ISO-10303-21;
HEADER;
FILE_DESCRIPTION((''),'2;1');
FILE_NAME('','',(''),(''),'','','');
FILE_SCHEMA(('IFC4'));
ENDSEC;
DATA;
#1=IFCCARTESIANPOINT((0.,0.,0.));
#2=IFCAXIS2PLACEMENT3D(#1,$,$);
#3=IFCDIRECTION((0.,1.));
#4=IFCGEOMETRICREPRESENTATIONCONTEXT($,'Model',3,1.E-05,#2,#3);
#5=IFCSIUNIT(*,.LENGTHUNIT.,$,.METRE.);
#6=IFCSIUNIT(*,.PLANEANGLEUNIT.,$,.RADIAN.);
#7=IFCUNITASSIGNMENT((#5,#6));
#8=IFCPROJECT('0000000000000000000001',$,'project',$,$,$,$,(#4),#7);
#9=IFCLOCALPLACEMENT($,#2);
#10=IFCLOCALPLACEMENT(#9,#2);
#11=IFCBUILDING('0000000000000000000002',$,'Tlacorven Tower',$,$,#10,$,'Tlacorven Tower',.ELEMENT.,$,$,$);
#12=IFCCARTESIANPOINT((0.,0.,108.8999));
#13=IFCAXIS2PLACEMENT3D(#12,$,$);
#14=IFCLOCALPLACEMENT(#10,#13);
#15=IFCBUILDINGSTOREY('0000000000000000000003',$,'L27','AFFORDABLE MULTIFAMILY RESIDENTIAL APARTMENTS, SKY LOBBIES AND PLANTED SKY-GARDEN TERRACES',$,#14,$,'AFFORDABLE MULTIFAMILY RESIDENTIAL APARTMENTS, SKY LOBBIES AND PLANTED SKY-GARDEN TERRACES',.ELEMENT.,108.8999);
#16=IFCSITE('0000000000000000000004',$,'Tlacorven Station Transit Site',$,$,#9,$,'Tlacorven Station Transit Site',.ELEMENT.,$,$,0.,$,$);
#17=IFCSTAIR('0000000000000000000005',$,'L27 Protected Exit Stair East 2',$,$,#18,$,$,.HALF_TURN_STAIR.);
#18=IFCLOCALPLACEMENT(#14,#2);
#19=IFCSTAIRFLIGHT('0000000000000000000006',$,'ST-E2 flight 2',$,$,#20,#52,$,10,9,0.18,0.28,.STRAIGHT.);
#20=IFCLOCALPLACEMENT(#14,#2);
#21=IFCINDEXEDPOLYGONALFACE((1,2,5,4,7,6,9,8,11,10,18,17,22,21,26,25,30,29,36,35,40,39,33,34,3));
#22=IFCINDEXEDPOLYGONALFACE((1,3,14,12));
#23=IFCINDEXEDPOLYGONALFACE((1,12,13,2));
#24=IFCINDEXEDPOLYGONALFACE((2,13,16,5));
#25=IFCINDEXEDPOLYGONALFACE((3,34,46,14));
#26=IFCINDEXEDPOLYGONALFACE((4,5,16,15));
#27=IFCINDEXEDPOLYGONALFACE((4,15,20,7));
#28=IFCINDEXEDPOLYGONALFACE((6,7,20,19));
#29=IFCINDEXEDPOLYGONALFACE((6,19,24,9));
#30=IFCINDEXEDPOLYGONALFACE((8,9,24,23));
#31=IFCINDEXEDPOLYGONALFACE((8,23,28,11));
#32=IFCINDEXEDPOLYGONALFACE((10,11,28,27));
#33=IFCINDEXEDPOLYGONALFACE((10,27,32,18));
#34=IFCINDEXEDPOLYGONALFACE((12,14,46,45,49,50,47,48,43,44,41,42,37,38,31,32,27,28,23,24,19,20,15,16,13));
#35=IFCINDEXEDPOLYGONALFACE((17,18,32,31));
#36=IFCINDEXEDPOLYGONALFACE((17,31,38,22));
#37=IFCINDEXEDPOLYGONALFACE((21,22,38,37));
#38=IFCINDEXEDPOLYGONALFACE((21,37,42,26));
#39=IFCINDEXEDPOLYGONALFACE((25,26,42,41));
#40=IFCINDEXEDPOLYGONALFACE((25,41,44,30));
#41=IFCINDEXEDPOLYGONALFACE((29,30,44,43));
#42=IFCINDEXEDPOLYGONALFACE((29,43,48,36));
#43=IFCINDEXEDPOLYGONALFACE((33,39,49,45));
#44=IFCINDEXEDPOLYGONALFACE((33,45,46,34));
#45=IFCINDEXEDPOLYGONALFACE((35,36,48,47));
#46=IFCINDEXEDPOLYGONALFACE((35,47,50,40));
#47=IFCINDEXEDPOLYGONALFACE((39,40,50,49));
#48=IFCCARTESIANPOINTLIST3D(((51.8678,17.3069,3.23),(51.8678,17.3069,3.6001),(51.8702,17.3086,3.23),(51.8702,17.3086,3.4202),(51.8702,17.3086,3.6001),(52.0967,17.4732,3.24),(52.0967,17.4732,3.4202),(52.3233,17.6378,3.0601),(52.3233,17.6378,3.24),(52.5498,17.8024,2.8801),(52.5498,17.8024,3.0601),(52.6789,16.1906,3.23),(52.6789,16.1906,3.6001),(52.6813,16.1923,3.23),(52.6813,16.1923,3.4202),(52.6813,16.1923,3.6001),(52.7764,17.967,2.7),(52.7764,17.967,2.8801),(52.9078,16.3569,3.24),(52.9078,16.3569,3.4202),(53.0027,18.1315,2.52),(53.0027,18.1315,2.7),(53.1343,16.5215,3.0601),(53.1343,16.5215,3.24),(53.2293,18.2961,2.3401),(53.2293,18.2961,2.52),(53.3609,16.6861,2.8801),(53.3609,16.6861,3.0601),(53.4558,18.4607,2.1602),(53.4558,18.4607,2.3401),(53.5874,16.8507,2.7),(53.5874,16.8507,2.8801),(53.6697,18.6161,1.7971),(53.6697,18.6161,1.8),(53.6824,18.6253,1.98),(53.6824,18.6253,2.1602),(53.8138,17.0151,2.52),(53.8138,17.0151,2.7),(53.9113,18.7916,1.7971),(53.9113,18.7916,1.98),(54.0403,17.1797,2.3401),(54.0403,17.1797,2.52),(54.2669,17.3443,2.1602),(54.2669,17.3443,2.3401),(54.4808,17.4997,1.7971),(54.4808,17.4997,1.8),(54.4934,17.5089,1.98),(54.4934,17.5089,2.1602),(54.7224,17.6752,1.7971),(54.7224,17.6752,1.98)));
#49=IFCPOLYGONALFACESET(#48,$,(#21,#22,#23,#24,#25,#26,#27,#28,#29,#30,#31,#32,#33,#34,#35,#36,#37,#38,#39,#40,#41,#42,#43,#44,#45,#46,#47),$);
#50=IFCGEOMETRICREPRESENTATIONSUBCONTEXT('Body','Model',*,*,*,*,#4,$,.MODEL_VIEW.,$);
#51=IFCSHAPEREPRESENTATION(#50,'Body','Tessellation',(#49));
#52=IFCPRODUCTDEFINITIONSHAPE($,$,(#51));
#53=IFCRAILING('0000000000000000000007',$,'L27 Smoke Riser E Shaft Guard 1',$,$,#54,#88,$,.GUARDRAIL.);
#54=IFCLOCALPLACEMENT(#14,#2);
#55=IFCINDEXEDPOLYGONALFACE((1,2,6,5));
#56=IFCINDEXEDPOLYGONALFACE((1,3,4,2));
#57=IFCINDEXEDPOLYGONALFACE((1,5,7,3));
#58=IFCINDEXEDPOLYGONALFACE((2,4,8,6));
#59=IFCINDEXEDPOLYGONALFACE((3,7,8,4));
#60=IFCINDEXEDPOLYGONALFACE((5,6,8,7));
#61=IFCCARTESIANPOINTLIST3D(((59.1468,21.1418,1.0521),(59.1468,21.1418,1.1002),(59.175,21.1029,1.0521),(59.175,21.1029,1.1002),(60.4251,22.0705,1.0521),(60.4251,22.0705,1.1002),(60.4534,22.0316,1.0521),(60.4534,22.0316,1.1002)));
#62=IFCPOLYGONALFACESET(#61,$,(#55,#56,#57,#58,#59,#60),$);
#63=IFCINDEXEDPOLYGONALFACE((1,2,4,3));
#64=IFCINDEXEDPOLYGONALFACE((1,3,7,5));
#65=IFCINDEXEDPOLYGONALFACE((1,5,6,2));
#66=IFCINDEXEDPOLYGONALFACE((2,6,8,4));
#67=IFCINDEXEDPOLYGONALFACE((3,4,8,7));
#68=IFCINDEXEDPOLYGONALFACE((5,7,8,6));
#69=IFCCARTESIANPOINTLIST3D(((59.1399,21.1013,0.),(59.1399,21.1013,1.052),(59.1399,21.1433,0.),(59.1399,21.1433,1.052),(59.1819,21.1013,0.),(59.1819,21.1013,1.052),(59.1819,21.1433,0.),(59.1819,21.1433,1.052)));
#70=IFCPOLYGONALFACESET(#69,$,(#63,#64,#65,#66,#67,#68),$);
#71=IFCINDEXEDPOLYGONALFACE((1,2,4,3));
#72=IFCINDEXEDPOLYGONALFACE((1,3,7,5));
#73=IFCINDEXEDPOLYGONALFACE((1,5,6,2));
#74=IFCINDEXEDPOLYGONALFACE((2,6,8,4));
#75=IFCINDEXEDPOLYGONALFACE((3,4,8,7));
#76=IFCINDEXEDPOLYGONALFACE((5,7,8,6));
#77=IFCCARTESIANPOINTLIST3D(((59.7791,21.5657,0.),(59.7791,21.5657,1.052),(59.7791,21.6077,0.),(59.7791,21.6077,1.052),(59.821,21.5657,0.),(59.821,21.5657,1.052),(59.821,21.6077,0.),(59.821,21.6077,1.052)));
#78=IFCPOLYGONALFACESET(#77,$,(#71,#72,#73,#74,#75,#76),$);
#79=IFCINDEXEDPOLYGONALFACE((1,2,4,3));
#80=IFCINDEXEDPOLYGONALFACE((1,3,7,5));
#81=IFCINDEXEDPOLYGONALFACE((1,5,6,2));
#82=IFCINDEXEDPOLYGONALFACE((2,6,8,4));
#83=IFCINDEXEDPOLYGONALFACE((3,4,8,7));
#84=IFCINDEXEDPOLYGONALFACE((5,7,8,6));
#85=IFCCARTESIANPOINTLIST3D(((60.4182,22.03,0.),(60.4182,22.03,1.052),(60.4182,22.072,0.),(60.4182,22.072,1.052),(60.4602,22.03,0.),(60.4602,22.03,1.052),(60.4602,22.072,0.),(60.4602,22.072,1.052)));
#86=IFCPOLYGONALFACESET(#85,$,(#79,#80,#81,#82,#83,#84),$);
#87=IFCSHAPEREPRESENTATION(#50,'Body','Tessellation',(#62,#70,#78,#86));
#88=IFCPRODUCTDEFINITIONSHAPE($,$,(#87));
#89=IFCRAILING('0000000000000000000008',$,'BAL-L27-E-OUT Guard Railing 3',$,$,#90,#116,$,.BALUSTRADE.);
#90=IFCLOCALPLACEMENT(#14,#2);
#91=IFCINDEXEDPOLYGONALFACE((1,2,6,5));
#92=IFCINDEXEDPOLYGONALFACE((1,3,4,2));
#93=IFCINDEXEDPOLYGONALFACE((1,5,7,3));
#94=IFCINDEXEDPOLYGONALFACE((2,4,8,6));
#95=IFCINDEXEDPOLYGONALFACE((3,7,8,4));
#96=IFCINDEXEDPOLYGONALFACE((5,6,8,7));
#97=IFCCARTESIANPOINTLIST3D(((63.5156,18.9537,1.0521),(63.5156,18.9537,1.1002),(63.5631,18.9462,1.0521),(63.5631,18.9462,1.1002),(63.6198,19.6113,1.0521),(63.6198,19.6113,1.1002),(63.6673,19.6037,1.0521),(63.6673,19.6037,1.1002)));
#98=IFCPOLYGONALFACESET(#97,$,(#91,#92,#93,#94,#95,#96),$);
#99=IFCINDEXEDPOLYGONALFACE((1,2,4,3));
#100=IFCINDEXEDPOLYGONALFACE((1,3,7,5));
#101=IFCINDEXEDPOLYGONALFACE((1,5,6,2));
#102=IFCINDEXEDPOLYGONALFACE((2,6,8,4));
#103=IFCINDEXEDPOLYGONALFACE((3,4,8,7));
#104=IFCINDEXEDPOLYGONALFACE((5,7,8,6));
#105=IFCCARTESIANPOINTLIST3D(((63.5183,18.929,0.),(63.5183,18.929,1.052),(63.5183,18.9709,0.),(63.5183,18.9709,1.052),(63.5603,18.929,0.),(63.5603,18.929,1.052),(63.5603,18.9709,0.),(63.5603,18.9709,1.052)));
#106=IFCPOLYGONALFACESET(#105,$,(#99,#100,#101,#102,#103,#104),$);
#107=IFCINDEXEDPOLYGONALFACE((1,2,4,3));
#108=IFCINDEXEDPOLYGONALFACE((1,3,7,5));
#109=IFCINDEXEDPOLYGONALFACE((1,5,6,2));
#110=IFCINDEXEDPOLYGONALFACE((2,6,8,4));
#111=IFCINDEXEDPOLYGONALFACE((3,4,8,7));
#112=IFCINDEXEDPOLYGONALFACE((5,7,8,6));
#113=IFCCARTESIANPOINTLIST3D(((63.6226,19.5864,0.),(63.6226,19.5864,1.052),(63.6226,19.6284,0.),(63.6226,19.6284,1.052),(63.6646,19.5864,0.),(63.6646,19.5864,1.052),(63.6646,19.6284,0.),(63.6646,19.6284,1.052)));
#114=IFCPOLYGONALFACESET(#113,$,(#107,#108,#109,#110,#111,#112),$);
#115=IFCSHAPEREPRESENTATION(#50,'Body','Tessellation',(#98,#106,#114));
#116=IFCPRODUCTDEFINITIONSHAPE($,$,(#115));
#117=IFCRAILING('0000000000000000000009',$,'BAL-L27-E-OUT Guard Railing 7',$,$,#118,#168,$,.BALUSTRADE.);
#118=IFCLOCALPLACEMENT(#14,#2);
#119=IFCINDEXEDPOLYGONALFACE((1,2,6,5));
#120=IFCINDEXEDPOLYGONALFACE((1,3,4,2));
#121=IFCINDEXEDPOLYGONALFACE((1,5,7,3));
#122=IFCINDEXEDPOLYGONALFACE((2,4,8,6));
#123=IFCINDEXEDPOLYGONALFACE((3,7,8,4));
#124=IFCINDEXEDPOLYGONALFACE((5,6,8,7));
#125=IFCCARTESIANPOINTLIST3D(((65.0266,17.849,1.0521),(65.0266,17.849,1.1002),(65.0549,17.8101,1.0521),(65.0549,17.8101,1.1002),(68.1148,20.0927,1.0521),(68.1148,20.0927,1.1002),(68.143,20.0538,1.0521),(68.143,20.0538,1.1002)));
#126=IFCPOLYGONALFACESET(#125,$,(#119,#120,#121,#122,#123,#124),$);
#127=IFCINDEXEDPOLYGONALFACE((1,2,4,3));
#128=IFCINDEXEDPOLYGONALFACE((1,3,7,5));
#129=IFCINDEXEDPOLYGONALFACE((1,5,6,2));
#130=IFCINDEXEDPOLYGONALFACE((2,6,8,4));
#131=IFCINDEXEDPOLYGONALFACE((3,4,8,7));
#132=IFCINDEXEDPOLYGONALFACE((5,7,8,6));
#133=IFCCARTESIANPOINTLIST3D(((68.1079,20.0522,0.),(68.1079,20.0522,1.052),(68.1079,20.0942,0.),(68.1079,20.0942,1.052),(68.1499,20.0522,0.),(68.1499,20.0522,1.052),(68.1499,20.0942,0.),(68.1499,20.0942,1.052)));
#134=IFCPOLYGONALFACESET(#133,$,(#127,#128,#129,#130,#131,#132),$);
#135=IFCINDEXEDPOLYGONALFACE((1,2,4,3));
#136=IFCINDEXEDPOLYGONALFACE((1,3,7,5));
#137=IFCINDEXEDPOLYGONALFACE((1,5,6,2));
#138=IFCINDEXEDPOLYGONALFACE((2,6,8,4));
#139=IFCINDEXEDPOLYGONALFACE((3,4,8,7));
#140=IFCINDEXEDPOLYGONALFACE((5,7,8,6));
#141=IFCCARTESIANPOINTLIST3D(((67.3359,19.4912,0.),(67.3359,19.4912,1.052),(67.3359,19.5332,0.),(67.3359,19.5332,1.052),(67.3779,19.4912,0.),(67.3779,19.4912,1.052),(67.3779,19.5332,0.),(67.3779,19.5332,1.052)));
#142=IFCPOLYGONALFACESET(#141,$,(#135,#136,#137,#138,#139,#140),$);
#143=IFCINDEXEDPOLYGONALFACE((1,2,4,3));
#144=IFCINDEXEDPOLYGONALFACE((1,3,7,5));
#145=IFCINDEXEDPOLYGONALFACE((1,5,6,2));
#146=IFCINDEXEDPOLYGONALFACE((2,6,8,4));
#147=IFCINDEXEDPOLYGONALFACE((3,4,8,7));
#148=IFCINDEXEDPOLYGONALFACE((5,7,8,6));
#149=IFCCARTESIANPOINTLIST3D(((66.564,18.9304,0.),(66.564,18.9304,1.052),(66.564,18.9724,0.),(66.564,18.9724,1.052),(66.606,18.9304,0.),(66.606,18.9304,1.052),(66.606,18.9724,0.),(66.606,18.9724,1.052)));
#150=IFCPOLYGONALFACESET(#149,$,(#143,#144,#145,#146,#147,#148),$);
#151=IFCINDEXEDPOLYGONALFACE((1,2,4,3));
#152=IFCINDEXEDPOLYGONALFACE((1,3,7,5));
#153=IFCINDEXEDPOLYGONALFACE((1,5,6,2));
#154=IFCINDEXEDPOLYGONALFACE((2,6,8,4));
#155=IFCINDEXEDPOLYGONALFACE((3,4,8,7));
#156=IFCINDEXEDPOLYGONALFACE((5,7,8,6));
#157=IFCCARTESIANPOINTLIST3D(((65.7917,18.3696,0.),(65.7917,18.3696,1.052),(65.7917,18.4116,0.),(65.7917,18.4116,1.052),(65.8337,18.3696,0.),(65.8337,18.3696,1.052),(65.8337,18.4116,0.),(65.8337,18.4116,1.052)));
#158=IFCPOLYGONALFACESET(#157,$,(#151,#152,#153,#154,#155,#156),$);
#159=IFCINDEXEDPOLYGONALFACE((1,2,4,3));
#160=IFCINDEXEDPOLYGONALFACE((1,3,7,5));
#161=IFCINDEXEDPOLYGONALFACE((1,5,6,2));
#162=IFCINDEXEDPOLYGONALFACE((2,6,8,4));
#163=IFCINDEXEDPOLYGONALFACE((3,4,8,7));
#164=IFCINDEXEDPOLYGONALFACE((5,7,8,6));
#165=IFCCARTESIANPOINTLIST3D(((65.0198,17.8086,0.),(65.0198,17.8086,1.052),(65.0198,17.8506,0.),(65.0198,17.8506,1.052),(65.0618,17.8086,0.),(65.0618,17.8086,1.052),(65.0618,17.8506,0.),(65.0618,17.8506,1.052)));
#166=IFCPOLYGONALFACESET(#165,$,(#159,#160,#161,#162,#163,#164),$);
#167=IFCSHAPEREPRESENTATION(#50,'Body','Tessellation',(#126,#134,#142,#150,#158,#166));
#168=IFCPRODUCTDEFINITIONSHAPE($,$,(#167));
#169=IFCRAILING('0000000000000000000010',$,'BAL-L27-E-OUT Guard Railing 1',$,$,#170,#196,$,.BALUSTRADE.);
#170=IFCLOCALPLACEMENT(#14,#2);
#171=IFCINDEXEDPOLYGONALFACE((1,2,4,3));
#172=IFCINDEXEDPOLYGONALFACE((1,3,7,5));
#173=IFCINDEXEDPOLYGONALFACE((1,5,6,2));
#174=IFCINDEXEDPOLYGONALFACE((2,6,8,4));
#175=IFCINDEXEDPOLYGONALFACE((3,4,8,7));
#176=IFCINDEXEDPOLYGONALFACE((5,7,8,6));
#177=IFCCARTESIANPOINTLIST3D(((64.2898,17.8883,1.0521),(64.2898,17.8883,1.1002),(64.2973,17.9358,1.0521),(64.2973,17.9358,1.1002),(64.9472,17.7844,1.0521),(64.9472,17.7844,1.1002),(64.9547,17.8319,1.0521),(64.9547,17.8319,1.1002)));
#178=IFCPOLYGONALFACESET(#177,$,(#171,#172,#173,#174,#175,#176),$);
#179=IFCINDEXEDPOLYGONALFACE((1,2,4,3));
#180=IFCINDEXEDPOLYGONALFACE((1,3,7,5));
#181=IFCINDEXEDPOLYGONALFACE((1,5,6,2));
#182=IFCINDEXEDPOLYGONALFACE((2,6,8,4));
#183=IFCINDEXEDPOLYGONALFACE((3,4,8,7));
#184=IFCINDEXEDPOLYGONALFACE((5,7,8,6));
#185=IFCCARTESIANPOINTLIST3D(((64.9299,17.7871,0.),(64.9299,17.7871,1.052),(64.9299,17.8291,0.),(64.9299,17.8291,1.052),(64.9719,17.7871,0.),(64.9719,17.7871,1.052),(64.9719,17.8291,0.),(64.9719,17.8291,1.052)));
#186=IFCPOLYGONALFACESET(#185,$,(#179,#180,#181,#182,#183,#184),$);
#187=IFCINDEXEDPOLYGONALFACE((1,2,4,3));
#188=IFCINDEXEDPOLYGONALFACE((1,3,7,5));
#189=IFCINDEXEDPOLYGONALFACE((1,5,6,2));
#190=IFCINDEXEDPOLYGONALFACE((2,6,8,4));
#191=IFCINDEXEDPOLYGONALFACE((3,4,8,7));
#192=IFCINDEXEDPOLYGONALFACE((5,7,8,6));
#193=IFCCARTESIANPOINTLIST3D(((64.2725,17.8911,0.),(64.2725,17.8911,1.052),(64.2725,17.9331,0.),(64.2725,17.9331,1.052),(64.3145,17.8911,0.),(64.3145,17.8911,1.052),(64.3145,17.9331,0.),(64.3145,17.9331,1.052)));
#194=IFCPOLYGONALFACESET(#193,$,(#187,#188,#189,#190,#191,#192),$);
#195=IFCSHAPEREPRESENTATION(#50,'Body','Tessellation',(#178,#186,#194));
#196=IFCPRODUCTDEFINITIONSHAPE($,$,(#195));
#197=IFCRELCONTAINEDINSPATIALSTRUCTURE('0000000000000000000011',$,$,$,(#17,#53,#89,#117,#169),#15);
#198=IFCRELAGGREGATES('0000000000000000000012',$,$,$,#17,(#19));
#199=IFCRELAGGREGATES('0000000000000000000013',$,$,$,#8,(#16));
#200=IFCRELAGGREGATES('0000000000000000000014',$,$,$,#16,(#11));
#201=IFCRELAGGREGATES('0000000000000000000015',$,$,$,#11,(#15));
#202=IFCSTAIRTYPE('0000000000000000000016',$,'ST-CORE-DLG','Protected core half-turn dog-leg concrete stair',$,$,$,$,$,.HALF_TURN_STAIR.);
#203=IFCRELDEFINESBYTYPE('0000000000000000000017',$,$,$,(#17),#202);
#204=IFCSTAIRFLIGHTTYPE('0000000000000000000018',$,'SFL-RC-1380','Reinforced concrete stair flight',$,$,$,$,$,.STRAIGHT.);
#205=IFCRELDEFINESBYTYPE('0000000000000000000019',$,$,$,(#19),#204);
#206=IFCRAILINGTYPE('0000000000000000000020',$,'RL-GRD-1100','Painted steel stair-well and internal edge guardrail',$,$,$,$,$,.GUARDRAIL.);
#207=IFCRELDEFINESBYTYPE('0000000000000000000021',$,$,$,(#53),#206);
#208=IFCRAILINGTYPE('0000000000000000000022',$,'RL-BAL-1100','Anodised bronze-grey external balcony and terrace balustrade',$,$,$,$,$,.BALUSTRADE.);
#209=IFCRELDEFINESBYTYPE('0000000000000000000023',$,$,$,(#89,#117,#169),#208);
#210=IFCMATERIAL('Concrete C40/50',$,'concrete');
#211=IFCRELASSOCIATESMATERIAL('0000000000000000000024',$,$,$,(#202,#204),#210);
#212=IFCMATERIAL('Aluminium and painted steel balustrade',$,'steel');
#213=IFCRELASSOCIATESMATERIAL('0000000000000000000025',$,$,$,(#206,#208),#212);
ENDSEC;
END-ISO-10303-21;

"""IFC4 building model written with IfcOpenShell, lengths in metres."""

from ifc_helpers import new_model, si_unit, direction, frame, origin, origin_2d, place, context, subcontext, project, spatial, polyline, rectangle, outline, extrude, source, transform, mapped, material, type_object, element, aggregate, save


model = new_model("IFC4")

# Units and contexts
model_context = context("Model", 3, precision=1e-05, world=origin(), true_north=direction((0.0, 1.0)))
body_context = subcontext(model_context, "Body", "Model", "MODEL_VIEW")
ifc_project = project(units=[si_unit("LENGTHUNIT", "METRE"), si_unit("PLANEANGLEUNIT", "RADIAN")], contexts=[model_context])

# Site, building, storey
site_placement = place(None, origin())
site = spatial("IfcSite", under=ifc_project, at=site_placement, Name="Tlacorven Station Transit Site", LongName="Tlacorven Station Transit Site", CompositionType="ELEMENT", RefElevation=0.0)
building_placement = place(site_placement, origin())
building = spatial("IfcBuilding", under=site, at=building_placement, Name="Tlacorven Tower", LongName="Tlacorven Tower", CompositionType="ELEMENT")
storey_placement = place(building_placement, frame((0.0, 0.0, 108.8999)))
storey = spatial("IfcBuildingStorey", under=building, at=storey_placement, Name="L27", Description="AFFORDABLE MULTIFAMILY RESIDENTIAL APARTMENTS, SKY LOBBIES AND PLANTED SKY-GARDEN TERRACES", LongName="AFFORDABLE MULTIFAMILY RESIDENTIAL APARTMENTS, SKY LOBBIES AND PLANTED SKY-GARDEN TERRACES", CompositionType="ELEMENT", Elevation=108.8999)

# Shared definitions
ifc_material_1 = material(Name="Concrete C40/50", Category="concrete")

# Stair, stair flight
stair_type = type_object("IfcStairType", Name="ST-CORE-DLG", Description="Protected core half-turn dog-leg concrete stair", PredefinedType="HALF_TURN_STAIR", material=ifc_material_1)
stair_placement = place(storey_placement, origin())
stair = element("IfcStair", 1, at=stair_placement, inside=storey, type_object=stair_type, Name="L27 Protected Exit Stair East 2", PredefinedType="HALF_TURN_STAIR")
stair_flight_type = type_object("IfcStairFlightType", Name="SFL-RC-1380", Description="Reinforced concrete stair flight", PredefinedType="STRAIGHT", material=ifc_material_1)
shared_shape_1 = source(origin(), body_context, "Body", "SweptSolid", [
    extrude(outline(polyline([(-0.0029, -0.0029), (-0.0029, 0.1799), (0.28, 0.1799), (0.28, 0.3601), (0.5601, 0.3601), (0.5601, 0.54), (0.8401, 0.54), (0.8401, 0.72), (1.1201, 0.72), (1.1201, 0.8999), (1.3999, 0.8999), (1.3999, 1.0801), (1.6799, 1.0801), (1.6799, 1.26), (1.96, 1.26), (1.96, 1.4399), (2.24, 1.4399), (2.24, 1.6201), (2.52, 1.6201), (2.52, 1.8), (2.5229, 1.8), (2.5229, 1.4299), (2.52, 1.4299), (0.2957, 0.0), (0.2957, -0.0029), (-0.0029, -0.0029)])), frame((0.0, 0.6899, 0.0), z_axis=(0.0, -1.0, 0.0), x_axis=(1.0, 0.0, 0.0)), (0.0, 0.0, 1.0), 1.3799),
])
stair_flight_placement = place(storey_placement, frame((54.3145, 18.2317, 1.8), z_axis=(0.0, 0.0, 1.0), x_axis=(-0.809017, -0.587785, 0.0)))
stair_flight = element("IfcStairFlight", 2, at=stair_flight_placement, type_object=stair_flight_type, Name="ST-E2 flight 2", NumberOfRisers=10, NumberOfTreads=9, PredefinedType="STRAIGHT", RiserHeight=0.18, TreadLength=0.28, context=body_context, shape_type="MappedRepresentation", body=[
    mapped(shared_shape_1, transform((0.0, 0.0, 0.0), scale=1.0)),
])
aggregate(stair, [stair_flight])

# Railings
ifc_material_2 = material(Name="Aluminium and painted steel balustrade", Category="steel")
railing_type_1 = type_object("IfcRailingType", Name="RL-GRD-1100", Description="Painted steel stair-well and internal edge guardrail", PredefinedType="GUARDRAIL", material=ifc_material_2)
shared_shape_2 = source(origin(), body_context, "Body", "SweptSolid", [
    extrude(rectangle(XDim=0.0481, YDim=0.0481, at=origin_2d()), frame((0.0, 0.0, 1.0762), z_axis=(0.80903, 0.587767, 0.0), x_axis=(-0.587767, 0.80903, 0.0)), (0.0, 0.0, 1.0), 1.5801),
    extrude(rectangle(XDim=0.042, YDim=0.042, at=origin_2d()), origin(), (0.0, 0.0, 1.0), 1.052),
    extrude(rectangle(XDim=0.042, YDim=0.042, at=origin_2d()), frame((0.6392, 0.4644, 0.0)), (0.0, 0.0, 1.0), 1.052),
    extrude(rectangle(XDim=0.042, YDim=0.042, at=origin_2d()), frame((1.2783, 0.9287, 0.0)), (0.0, 0.0, 1.0), 1.052),
])
railing_1_placement = place(storey_placement, frame((59.1609, 21.1223, 0.0)))
element("IfcRailing", 3, at=railing_1_placement, inside=storey, type_object=railing_type_1, Name="L27 Smoke Riser E Shaft Guard 1", PredefinedType="GUARDRAIL", context=body_context, shape_type="MappedRepresentation", body=[
    mapped(shared_shape_2, transform((0.0, 0.0, 0.0), scale=1.0)),
])
railing_type_2 = type_object("IfcRailingType", Name="RL-BAL-1100", Description="Anodised bronze-grey external balcony and terrace balustrade", PredefinedType="BALUSTRADE", material=ifc_material_2)
shared_shape_3 = source(origin(), body_context, "Body", "SweptSolid", [
    extrude(rectangle(XDim=0.0481, YDim=0.0481, at=origin_2d()), frame((0.0, 0.0, 1.0762), z_axis=(0.156603, 0.987662, 0.0), x_axis=(-0.987662, 0.156603, 0.0)), (0.0, 0.0, 1.0), 0.6658),
    extrude(rectangle(XDim=0.042, YDim=0.042, at=origin_2d()), origin(), (0.0, 0.0, 1.0), 1.052),
    extrude(rectangle(XDim=0.042, YDim=0.042, at=origin_2d()), frame((0.1042, 0.6575, 0.0)), (0.0, 0.0, 1.0), 1.052),
])
railing_2_placement = place(storey_placement, frame((63.5393, 18.95, 0.0)))
element("IfcRailing", 4, at=railing_2_placement, inside=storey, type_object=railing_type_2, Name="BAL-L27-E-OUT Guard Railing 3", PredefinedType="BALUSTRADE", context=body_context, shape_type="MappedRepresentation", body=[
    mapped(shared_shape_3, transform((0.0, 0.0, 0.0), scale=1.0)),
])
shared_shape_4 = source(origin(), body_context, "Body", "SweptSolid", [
    extrude(rectangle(XDim=0.0481, YDim=0.0481, at=origin_2d()), frame((0.0, 0.0, 1.0762), z_axis=(-0.809018, -0.587784, 0.0), x_axis=(0.587784, -0.809018, 0.0)), (0.0, 0.0, 1.0), 3.8171),
    extrude(rectangle(XDim=0.042, YDim=0.042, at=origin_2d()), origin(), (0.0, 0.0, 1.0), 1.052),
    extrude(rectangle(XDim=0.042, YDim=0.042, at=origin_2d()), frame((-0.772, -0.561, 0.0)), (0.0, 0.0, 1.0), 1.052),
    extrude(rectangle(XDim=0.042, YDim=0.042, at=origin_2d()), frame((-1.5439, -1.1218, 0.0)), (0.0, 0.0, 1.0), 1.052),
    extrude(rectangle(XDim=0.042, YDim=0.042, at=origin_2d()), frame((-2.3162, -1.6826, 0.0)), (0.0, 0.0, 1.0), 1.052),
    extrude(rectangle(XDim=0.042, YDim=0.042, at=origin_2d()), frame((-3.0881, -2.2437, 0.0)), (0.0, 0.0, 1.0), 1.052),
])
railing_3_placement = place(storey_placement, frame((68.1289, 20.0732, 0.0)))
element("IfcRailing", 5, at=railing_3_placement, inside=storey, type_object=railing_type_2, Name="BAL-L27-E-OUT Guard Railing 7", PredefinedType="BALUSTRADE", context=body_context, shape_type="MappedRepresentation", body=[
    mapped(shared_shape_4, transform((0.0, 0.0, 0.0), scale=1.0)),
])
shared_shape_5 = source(origin(), body_context, "Body", "SweptSolid", [
    extrude(rectangle(XDim=0.0481, YDim=0.0481, at=origin_2d()), frame((0.0, 0.0, 1.0762), z_axis=(-0.987718, 0.156245, 0.0), x_axis=(-0.156245, -0.987718, 0.0)), (0.0, 0.0, 1.0), 0.6655),
    extrude(rectangle(XDim=0.042, YDim=0.042, at=origin_2d()), origin(), (0.0, 0.0, 1.0), 1.052),
    extrude(rectangle(XDim=0.042, YDim=0.042, at=origin_2d()), frame((-0.6575, 0.104, 0.0)), (0.0, 0.0, 1.0), 1.052),
])
railing_4_placement = place(storey_placement, frame((64.9509, 17.8081, 0.0)))
element("IfcRailing", 6, at=railing_4_placement, inside=storey, type_object=railing_type_2, Name="BAL-L27-E-OUT Guard Railing 1", PredefinedType="BALUSTRADE", context=body_context, shape_type="MappedRepresentation", body=[
    mapped(shared_shape_5, transform((0.0, 0.0, 0.0), scale=1.0)),
])

save(model, "model.ifc")
